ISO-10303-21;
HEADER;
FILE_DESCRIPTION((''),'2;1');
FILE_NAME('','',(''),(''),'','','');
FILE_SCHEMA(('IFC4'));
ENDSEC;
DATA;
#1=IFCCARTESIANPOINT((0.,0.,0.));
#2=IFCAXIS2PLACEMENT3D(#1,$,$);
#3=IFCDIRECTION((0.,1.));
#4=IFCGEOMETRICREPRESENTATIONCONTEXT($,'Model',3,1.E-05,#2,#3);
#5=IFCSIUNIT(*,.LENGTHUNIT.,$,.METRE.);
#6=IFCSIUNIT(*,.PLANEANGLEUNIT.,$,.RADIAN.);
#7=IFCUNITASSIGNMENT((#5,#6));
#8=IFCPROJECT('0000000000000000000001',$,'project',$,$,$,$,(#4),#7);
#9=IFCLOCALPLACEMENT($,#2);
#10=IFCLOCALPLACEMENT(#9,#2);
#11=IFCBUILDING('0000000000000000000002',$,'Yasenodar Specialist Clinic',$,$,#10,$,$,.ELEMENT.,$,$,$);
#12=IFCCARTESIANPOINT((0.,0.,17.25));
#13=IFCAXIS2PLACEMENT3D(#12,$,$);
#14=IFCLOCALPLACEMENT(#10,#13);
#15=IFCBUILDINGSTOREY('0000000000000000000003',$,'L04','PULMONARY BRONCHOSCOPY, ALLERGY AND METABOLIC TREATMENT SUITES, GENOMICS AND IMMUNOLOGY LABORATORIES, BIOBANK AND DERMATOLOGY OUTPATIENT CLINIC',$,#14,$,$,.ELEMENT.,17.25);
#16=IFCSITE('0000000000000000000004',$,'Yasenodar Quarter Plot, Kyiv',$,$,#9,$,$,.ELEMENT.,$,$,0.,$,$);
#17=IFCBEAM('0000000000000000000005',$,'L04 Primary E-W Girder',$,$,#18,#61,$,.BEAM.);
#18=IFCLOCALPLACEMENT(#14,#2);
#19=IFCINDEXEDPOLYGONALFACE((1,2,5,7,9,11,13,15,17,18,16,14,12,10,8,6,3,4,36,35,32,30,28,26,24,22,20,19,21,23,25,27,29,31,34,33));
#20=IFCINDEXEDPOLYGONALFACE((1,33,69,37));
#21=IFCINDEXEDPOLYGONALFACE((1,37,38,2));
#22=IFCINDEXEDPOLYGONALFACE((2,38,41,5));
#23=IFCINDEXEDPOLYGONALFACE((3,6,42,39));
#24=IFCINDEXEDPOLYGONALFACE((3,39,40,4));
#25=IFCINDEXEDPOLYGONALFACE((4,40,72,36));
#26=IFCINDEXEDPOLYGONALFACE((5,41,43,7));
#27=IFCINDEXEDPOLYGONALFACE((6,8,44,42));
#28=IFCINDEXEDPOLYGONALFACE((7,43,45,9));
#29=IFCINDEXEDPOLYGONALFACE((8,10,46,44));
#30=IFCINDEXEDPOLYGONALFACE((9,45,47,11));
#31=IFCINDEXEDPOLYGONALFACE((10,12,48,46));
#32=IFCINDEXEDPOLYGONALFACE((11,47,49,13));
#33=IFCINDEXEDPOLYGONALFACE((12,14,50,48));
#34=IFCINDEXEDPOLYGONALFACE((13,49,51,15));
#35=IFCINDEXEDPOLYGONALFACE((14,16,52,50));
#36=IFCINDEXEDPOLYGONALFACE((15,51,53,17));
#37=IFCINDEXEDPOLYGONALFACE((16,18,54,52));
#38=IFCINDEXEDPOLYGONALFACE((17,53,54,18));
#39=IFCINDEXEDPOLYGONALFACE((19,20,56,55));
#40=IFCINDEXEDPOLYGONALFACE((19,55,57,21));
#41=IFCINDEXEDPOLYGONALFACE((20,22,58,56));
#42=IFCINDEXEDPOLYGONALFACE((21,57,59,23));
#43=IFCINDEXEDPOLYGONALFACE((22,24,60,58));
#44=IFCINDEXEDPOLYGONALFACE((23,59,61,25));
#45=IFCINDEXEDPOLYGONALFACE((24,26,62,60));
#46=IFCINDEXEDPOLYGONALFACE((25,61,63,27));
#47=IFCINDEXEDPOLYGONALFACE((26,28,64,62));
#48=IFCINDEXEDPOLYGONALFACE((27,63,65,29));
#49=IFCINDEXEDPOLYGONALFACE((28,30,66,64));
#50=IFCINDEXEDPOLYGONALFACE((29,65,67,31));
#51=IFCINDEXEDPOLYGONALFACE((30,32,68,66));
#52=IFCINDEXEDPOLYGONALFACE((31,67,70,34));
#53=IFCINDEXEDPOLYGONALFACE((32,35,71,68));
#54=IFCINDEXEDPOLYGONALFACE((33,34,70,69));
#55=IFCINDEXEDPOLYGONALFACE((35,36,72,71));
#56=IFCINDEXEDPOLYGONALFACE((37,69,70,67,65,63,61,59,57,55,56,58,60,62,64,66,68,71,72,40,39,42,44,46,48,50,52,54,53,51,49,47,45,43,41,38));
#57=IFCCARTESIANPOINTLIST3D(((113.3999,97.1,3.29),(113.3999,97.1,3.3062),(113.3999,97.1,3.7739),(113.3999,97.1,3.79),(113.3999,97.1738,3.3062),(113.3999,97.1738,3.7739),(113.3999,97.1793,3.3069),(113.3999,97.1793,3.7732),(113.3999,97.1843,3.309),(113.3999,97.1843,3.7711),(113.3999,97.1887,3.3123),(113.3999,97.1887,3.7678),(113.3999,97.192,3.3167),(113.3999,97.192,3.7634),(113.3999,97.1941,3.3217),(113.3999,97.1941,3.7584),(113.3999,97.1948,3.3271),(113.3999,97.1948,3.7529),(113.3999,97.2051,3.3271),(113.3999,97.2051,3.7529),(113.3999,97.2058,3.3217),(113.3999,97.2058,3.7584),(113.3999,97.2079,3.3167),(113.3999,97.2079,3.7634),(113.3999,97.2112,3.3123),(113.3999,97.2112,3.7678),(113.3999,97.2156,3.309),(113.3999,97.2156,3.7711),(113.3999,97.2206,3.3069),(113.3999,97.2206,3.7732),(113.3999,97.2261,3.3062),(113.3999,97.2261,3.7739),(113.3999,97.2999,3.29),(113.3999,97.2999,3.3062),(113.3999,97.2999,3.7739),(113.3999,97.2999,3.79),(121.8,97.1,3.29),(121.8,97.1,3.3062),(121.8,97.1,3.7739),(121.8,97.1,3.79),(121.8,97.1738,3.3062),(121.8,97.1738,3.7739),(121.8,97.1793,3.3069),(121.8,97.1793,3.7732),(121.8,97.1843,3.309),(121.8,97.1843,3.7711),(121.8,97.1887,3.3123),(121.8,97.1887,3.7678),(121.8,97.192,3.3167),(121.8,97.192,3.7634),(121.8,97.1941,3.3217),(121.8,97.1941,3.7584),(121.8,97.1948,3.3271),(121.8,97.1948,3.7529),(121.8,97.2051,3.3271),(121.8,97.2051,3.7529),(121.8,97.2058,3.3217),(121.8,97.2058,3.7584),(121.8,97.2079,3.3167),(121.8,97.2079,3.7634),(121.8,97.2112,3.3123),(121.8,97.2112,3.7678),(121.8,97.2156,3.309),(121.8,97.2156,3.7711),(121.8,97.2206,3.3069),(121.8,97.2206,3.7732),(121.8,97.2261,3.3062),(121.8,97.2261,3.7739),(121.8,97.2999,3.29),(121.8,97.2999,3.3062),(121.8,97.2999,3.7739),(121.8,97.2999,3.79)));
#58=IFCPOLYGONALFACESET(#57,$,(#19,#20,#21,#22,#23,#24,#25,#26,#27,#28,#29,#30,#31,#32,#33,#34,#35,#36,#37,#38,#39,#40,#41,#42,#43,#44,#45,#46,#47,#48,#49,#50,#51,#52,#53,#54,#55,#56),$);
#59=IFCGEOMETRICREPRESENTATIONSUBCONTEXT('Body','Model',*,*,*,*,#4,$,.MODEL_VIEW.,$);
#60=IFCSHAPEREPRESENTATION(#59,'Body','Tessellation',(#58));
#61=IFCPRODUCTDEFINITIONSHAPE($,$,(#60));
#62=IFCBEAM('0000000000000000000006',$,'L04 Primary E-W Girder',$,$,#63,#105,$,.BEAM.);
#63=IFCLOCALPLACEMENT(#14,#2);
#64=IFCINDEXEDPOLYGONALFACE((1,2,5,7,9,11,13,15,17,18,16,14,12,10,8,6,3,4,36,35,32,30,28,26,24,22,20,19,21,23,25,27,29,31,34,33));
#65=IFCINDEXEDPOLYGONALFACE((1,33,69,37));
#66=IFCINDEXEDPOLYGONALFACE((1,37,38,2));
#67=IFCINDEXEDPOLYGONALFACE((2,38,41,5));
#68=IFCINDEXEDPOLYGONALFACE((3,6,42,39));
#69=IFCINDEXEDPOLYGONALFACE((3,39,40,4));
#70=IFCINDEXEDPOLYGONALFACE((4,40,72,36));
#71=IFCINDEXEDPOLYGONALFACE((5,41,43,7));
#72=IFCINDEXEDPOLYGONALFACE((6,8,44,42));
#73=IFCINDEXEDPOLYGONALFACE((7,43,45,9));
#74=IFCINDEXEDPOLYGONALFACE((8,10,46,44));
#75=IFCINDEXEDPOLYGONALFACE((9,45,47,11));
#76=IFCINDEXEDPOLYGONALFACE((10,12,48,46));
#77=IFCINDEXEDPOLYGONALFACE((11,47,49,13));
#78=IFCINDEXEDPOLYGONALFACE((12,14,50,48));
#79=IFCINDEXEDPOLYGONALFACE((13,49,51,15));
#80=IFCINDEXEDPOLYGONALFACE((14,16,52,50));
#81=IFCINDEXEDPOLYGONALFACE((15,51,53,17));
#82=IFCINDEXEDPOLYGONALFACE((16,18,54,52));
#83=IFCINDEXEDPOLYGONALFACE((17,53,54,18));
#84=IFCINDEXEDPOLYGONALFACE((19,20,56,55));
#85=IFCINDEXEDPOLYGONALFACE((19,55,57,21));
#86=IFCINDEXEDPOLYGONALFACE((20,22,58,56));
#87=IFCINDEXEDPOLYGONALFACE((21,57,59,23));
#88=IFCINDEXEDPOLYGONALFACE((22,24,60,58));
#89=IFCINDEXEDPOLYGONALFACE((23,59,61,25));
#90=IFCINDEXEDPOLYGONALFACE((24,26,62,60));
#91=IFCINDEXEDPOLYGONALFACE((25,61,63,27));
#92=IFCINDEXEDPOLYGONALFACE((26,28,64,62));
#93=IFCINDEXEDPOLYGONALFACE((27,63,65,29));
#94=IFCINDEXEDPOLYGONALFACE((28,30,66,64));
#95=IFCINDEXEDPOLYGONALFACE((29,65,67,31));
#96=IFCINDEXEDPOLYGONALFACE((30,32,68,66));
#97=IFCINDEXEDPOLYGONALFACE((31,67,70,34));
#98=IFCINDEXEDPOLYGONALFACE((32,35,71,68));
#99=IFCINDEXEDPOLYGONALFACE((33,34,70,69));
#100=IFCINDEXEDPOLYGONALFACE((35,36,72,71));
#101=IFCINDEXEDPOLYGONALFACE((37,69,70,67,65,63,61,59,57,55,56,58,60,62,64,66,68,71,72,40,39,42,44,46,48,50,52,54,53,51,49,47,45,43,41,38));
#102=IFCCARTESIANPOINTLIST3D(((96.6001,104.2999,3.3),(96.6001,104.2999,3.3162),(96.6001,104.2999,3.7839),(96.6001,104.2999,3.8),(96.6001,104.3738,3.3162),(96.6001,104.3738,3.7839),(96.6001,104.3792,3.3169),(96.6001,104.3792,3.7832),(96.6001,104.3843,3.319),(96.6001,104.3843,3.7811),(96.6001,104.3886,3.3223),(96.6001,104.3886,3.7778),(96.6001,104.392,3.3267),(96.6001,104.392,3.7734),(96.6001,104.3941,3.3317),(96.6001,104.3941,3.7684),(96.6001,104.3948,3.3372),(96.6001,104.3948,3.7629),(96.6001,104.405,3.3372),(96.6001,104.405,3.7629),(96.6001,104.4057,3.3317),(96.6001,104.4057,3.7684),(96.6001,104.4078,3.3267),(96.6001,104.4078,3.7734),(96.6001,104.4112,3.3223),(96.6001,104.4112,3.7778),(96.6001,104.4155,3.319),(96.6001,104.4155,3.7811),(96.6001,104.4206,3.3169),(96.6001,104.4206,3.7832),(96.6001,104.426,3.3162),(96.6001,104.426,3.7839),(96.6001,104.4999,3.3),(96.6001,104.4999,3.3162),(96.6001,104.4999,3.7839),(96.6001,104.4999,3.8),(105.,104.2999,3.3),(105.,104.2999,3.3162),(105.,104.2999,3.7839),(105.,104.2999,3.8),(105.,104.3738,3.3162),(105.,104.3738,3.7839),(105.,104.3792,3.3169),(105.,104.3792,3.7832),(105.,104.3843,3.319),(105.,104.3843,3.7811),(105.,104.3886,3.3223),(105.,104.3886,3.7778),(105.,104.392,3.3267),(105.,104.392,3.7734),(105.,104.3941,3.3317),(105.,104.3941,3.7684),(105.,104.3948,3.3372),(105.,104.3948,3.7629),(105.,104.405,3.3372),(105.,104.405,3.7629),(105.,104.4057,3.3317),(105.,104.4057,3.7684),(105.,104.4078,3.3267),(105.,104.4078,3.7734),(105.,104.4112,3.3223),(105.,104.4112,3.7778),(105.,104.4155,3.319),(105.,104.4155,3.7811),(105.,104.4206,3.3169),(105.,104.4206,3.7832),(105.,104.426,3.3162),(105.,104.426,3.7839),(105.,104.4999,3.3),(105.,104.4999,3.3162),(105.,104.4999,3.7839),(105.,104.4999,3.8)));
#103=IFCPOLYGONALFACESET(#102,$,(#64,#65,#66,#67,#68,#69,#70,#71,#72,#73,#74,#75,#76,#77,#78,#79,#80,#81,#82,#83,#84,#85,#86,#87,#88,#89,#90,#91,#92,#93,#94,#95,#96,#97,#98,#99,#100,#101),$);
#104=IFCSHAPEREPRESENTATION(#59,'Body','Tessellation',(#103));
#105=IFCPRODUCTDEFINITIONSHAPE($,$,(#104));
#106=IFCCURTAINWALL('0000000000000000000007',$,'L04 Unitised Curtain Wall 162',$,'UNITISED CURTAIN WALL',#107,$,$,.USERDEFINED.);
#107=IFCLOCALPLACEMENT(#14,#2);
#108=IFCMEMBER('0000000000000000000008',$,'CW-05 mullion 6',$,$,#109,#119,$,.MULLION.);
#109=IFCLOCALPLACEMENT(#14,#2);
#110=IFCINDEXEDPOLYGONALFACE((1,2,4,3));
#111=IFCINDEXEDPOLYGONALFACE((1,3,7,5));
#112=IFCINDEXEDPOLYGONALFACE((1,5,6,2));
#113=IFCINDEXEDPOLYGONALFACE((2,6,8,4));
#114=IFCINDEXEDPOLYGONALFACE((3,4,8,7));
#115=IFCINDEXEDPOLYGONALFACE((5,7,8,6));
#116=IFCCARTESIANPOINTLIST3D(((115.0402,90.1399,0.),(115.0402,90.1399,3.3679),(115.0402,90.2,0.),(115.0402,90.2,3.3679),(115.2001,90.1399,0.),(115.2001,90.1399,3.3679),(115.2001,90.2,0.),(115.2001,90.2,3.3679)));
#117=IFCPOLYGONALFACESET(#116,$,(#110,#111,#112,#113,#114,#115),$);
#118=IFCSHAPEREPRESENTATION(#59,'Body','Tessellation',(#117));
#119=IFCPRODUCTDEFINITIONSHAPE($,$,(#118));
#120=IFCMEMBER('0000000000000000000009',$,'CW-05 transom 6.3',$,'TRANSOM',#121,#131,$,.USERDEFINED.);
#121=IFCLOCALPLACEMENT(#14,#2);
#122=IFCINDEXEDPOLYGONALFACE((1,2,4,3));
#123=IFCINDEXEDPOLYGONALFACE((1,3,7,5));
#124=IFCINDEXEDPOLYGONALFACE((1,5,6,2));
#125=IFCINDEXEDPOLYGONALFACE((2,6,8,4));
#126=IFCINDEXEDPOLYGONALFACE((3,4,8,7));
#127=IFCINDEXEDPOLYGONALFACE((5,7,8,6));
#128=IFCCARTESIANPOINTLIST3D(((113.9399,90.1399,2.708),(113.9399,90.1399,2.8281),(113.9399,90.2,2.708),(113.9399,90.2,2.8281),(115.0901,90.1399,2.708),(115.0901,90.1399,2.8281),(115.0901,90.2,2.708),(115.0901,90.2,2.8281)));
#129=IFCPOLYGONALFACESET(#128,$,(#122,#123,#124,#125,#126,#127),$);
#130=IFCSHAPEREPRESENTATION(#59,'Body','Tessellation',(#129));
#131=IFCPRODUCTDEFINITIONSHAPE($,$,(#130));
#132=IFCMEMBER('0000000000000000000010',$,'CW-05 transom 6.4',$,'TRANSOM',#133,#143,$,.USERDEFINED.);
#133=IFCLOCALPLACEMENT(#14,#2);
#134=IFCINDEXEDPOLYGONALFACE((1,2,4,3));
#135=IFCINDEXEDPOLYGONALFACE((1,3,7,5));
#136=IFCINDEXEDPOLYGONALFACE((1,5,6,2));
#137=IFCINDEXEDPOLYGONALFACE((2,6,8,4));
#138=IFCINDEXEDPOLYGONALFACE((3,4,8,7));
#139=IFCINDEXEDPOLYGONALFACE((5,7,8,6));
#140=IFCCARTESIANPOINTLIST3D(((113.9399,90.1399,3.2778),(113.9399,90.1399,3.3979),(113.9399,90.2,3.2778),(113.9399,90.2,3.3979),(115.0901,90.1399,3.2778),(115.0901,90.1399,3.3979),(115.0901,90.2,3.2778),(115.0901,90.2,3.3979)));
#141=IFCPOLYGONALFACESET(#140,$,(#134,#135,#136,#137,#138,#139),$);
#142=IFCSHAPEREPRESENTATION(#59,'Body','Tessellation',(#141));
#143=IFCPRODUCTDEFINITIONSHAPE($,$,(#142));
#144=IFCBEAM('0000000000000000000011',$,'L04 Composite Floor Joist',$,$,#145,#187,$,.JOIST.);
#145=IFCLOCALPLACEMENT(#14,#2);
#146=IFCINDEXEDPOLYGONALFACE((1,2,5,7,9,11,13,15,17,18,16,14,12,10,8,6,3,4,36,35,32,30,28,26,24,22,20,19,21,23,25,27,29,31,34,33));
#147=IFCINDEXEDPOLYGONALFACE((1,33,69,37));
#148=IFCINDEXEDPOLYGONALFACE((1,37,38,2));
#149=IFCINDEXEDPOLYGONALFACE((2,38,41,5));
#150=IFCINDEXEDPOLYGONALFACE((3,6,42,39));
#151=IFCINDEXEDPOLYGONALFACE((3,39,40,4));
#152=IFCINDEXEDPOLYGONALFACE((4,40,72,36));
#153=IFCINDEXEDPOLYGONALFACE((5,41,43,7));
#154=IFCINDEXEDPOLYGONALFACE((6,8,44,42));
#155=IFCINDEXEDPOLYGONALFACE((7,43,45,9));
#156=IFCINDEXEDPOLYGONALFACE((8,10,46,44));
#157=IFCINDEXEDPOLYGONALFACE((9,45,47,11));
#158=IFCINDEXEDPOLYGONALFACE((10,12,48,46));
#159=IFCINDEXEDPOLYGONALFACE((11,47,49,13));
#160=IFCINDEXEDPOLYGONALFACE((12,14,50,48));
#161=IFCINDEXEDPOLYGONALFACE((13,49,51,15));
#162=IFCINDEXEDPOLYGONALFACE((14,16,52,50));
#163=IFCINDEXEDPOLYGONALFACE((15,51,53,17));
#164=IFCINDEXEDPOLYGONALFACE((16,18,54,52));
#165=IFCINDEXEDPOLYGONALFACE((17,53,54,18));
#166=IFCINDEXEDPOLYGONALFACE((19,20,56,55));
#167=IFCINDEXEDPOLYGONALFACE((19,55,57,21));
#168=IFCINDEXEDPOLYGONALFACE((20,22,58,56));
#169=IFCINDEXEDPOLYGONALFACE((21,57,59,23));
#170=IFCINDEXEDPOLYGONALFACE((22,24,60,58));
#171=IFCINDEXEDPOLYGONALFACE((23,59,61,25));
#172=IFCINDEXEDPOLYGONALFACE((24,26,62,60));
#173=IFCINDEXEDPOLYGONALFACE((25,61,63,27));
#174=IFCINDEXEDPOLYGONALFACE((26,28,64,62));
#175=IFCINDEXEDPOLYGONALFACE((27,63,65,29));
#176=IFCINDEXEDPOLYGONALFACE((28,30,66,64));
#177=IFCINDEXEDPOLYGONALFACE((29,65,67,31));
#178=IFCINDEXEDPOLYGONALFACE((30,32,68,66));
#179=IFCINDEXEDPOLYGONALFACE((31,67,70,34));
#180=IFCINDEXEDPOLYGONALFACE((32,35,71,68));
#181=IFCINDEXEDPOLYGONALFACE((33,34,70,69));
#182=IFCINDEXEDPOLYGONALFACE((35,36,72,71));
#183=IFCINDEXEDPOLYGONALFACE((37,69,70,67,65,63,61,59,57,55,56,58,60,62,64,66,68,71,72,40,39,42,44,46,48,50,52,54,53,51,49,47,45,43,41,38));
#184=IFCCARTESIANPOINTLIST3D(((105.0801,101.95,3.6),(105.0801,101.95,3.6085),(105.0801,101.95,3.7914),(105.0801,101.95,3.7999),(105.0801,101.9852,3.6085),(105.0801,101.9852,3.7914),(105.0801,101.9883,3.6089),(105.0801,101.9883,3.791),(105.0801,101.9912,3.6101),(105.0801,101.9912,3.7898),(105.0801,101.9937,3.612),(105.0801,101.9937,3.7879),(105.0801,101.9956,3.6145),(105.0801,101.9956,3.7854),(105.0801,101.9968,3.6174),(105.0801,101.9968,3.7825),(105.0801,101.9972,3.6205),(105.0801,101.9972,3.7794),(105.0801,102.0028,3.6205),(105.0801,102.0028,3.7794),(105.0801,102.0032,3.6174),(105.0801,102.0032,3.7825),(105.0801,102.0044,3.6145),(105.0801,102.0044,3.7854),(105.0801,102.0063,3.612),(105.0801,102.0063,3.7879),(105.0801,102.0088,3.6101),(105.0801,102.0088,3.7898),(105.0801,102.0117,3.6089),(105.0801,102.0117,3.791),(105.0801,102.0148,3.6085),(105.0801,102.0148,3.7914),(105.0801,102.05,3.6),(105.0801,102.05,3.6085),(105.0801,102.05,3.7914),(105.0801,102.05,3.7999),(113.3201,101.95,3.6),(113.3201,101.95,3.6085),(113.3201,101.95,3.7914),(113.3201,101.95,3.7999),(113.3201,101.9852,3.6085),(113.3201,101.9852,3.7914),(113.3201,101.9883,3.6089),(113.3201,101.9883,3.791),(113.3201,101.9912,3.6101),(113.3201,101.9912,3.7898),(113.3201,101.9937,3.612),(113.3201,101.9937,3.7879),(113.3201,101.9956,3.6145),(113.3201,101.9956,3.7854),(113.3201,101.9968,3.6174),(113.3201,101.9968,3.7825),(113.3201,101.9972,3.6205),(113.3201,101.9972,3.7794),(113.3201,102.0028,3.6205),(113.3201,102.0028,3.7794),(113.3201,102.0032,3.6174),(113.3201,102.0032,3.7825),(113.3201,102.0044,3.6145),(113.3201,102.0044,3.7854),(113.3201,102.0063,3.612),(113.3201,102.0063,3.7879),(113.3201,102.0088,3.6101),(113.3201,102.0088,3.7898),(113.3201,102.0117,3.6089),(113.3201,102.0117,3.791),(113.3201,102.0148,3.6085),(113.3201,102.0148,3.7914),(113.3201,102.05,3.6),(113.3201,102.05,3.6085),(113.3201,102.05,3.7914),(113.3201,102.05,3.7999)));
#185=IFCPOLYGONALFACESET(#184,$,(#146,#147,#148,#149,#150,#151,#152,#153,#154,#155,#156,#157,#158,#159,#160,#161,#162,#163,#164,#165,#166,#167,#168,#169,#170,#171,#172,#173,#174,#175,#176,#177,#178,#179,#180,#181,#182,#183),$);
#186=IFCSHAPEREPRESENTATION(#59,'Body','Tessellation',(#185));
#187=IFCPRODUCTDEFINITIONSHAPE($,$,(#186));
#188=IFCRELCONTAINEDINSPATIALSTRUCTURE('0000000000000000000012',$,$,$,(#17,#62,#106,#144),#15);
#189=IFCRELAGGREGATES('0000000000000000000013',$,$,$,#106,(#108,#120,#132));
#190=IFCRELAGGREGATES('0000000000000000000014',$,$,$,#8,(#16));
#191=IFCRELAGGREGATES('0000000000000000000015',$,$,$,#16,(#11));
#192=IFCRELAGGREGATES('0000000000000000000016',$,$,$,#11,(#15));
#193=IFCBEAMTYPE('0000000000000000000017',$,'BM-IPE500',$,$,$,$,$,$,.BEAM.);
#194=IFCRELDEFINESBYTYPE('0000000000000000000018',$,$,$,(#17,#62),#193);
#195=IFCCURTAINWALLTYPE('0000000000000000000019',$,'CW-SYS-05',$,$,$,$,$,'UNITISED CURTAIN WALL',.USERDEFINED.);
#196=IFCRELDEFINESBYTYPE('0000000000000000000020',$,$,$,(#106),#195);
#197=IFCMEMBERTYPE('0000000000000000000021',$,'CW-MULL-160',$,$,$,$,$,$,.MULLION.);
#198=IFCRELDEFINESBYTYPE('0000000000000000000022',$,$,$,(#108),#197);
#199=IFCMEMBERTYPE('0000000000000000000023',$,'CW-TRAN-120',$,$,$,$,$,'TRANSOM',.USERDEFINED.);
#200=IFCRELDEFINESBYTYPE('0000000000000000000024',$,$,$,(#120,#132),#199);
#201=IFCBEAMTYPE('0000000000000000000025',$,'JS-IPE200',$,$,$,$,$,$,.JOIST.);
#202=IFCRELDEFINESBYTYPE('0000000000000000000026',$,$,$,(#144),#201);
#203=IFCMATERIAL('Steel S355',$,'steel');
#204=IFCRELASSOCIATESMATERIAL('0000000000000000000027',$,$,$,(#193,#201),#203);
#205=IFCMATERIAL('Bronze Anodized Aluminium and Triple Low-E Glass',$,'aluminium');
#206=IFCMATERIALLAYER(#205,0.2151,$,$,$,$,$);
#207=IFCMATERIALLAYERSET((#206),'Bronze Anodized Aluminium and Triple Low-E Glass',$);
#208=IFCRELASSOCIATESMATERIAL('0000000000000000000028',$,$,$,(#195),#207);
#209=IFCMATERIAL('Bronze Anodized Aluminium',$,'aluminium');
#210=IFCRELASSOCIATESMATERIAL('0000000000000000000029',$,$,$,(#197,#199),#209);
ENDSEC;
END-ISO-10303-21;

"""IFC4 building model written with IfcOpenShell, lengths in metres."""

from ifc_helpers import new_model, si_unit, direction, frame, origin, origin_2d, place, context, subcontext, project, spatial, rectangle, i_section, extrude, material, layer, layer_set, material_profile, profile_set, type_object, element, aggregate, save


model = new_model("IFC4")

# Units and contexts
model_context = context("Model", 3, precision=1e-05, world=origin(), true_north=direction((0.0, 1.0)))
body_context = subcontext(model_context, "Body", "Model", "MODEL_VIEW")
ifc_project = project(units=[si_unit("LENGTHUNIT", "METRE"), si_unit("PLANEANGLEUNIT", "RADIAN")], contexts=[model_context])

# Site, building, storey
site_placement = place(None, origin())
site = spatial("IfcSite", under=ifc_project, at=site_placement, Name="Yasenodar Quarter Plot, Kyiv", CompositionType="ELEMENT", RefElevation=0.0)
building_placement = place(site_placement, origin())
building = spatial("IfcBuilding", under=site, at=building_placement, Name="Yasenodar Specialist Clinic", CompositionType="ELEMENT")
storey_placement = place(building_placement, frame((0.0, 0.0, 17.25)))
storey = spatial("IfcBuildingStorey", under=building, at=storey_placement, Name="L04", Description="PULMONARY BRONCHOSCOPY, ALLERGY AND METABOLIC TREATMENT SUITES, GENOMICS AND IMMUNOLOGY LABORATORIES, BIOBANK AND DERMATOLOGY OUTPATIENT CLINIC", CompositionType="ELEMENT", Elevation=17.25)

# Shared definitions
ifc_material_1 = material(Name="Steel S355", Category="steel")

# Beams
ifc_material_profile_1 = material_profile(ifc_material_1, i_section(OverallWidth=0.2, OverallDepth=0.5, WebThickness=0.0103, FlangeThickness=0.0161, FilletRadius=0.021, at=origin_2d()), Name="IPE 500")
ifc_profile_set_1 = profile_set([ifc_material_profile_1], Name="Steel S355")
beam_type_1 = type_object("IfcBeamType", Name="BM-IPE500", PredefinedType="BEAM", material=ifc_profile_set_1)
beam_1_placement = place(storey_placement, frame((113.3999, 97.2, 3.54), z_axis=(1.0, 0.0, 0.0), x_axis=(0.0, 1.0, 0.0)))
element("IfcBeam", 1, at=beam_1_placement, inside=storey, type_object=beam_type_1, Name="L04 Primary E-W Girder", PredefinedType="BEAM", context=body_context, shape_type="SweptSolid", body=[
    extrude(i_section(OverallWidth=0.2, OverallDepth=0.5, WebThickness=0.0103, FlangeThickness=0.0161, FilletRadius=0.021, at=origin_2d()), origin(), (0.0, 0.0, 1.0), 8.4001),
])
beam_2_placement = place(storey_placement, frame((96.6001, 104.3999, 3.55), z_axis=(1.0, 0.0, 0.0), x_axis=(0.0, 1.0, 0.0)))
element("IfcBeam", 2, at=beam_2_placement, inside=storey, type_object=beam_type_1, Name="L04 Primary E-W Girder", PredefinedType="BEAM", context=body_context, shape_type="SweptSolid", body=[
    extrude(i_section(OverallWidth=0.2, OverallDepth=0.5, WebThickness=0.0103, FlangeThickness=0.0161, FilletRadius=0.021, at=origin_2d()), origin(), (0.0, 0.0, 1.0), 8.3999),
])

# Curtain wall, members
ifc_material_2 = material(Name="Bronze Anodized Aluminium and Triple Low-E Glass", Category="aluminium")
ifc_layer_1 = layer(ifc_material_2, 0.2151)
ifc_layer_set_1 = layer_set([ifc_layer_1], Name="Bronze Anodized Aluminium and Triple Low-E Glass")
curtain_wall_type = type_object("IfcCurtainWallType", Name="CW-SYS-05", ElementType="UNITISED CURTAIN WALL", PredefinedType="USERDEFINED", material=ifc_layer_set_1)
curtain_wall_placement = place(storey_placement, origin())
curtain_wall = element("IfcCurtainWall", 3, at=curtain_wall_placement, inside=storey, type_object=curtain_wall_type, Name="L04 Unitised Curtain Wall 162", ObjectType="UNITISED CURTAIN WALL", PredefinedType="USERDEFINED")
ifc_material_3 = material(Name="Bronze Anodized Aluminium", Category="aluminium")
ifc_material_profile_2 = material_profile(ifc_material_3, rectangle(XDim=0.0601, YDim=0.1599, at=origin_2d()), Name="CW-MULL 60x160")
ifc_profile_set_2 = profile_set([ifc_material_profile_2], Name="Bronze Anodized Aluminium")
member_type_1 = type_object("IfcMemberType", Name="CW-MULL-160", PredefinedType="MULLION", material=ifc_profile_set_2)
member_1_placement = place(storey_placement, frame((115.1201, 90.1699, 0.0), z_axis=(0.0, 0.0, 1.0), x_axis=(0.0, -1.0, 0.0)))
member_1 = element("IfcMember", 4, at=member_1_placement, type_object=member_type_1, Name="CW-05 mullion 6", PredefinedType="MULLION", context=body_context, shape_type="SweptSolid", body=[
    extrude(rectangle(XDim=0.0601, YDim=0.1599, at=origin_2d()), origin(), (0.0, 0.0, 1.0), 3.3679),
])
ifc_material_profile_3 = material_profile(ifc_material_3, rectangle(XDim=0.0601, YDim=0.1201, at=origin_2d()), Name="CW-TRAN 60x120")
ifc_profile_set_3 = profile_set([ifc_material_profile_3], Name="Bronze Anodized Aluminium")
member_type_2 = type_object("IfcMemberType", Name="CW-TRAN-120", ElementType="TRANSOM", PredefinedType="USERDEFINED", material=ifc_profile_set_3)
member_2_placement = place(storey_placement, frame((115.0901, 90.1699, 2.7681), z_axis=(-1.0, 0.0, 0.0), x_axis=(0.0, -1.0, 0.0)))
member_2 = element("IfcMember", 5, at=member_2_placement, type_object=member_type_2, Name="CW-05 transom 6.3", ObjectType="TRANSOM", PredefinedType="USERDEFINED", context=body_context, shape_type="SweptSolid", body=[
    extrude(rectangle(XDim=0.0601, YDim=0.1201, at=origin_2d()), origin(), (0.0, 0.0, 1.0), 1.1501),
])
member_3_placement = place(storey_placement, frame((115.0901, 90.1699, 3.3379), z_axis=(-1.0, 0.0, 0.0), x_axis=(0.0, -1.0, 0.0)))
member_3 = element("IfcMember", 6, at=member_3_placement, type_object=member_type_2, Name="CW-05 transom 6.4", ObjectType="TRANSOM", PredefinedType="USERDEFINED", context=body_context, shape_type="SweptSolid", body=[
    extrude(rectangle(XDim=0.0601, YDim=0.1201, at=origin_2d()), origin(), (0.0, 0.0, 1.0), 1.1501),
])

# Beam
ifc_material_profile_4 = material_profile(ifc_material_1, i_section(OverallWidth=0.1001, OverallDepth=0.2, WebThickness=0.0056, FlangeThickness=0.0085, FilletRadius=0.012, at=origin_2d()), Name="IPE 200")
ifc_profile_set_4 = profile_set([ifc_material_profile_4], Name="Steel S355")
beam_type_2 = type_object("IfcBeamType", Name="JS-IPE200", PredefinedType="JOIST", material=ifc_profile_set_4)
beam_3_placement = place(storey_placement, frame((105.0801, 102.0, 3.7), z_axis=(1.0, 0.0, 0.0), x_axis=(0.0, 1.0, 0.0)))
element("IfcBeam", 7, at=beam_3_placement, inside=storey, type_object=beam_type_2, Name="L04 Composite Floor Joist", PredefinedType="JOIST", context=body_context, shape_type="SweptSolid", body=[
    extrude(i_section(OverallWidth=0.1001, OverallDepth=0.2, WebThickness=0.0056, FlangeThickness=0.0085, FilletRadius=0.012, at=origin_2d()), origin(), (0.0, 0.0, 1.0), 8.24),
])

aggregate(curtain_wall, [member_1, member_2, member_3])

save(model, "model.ifc")
